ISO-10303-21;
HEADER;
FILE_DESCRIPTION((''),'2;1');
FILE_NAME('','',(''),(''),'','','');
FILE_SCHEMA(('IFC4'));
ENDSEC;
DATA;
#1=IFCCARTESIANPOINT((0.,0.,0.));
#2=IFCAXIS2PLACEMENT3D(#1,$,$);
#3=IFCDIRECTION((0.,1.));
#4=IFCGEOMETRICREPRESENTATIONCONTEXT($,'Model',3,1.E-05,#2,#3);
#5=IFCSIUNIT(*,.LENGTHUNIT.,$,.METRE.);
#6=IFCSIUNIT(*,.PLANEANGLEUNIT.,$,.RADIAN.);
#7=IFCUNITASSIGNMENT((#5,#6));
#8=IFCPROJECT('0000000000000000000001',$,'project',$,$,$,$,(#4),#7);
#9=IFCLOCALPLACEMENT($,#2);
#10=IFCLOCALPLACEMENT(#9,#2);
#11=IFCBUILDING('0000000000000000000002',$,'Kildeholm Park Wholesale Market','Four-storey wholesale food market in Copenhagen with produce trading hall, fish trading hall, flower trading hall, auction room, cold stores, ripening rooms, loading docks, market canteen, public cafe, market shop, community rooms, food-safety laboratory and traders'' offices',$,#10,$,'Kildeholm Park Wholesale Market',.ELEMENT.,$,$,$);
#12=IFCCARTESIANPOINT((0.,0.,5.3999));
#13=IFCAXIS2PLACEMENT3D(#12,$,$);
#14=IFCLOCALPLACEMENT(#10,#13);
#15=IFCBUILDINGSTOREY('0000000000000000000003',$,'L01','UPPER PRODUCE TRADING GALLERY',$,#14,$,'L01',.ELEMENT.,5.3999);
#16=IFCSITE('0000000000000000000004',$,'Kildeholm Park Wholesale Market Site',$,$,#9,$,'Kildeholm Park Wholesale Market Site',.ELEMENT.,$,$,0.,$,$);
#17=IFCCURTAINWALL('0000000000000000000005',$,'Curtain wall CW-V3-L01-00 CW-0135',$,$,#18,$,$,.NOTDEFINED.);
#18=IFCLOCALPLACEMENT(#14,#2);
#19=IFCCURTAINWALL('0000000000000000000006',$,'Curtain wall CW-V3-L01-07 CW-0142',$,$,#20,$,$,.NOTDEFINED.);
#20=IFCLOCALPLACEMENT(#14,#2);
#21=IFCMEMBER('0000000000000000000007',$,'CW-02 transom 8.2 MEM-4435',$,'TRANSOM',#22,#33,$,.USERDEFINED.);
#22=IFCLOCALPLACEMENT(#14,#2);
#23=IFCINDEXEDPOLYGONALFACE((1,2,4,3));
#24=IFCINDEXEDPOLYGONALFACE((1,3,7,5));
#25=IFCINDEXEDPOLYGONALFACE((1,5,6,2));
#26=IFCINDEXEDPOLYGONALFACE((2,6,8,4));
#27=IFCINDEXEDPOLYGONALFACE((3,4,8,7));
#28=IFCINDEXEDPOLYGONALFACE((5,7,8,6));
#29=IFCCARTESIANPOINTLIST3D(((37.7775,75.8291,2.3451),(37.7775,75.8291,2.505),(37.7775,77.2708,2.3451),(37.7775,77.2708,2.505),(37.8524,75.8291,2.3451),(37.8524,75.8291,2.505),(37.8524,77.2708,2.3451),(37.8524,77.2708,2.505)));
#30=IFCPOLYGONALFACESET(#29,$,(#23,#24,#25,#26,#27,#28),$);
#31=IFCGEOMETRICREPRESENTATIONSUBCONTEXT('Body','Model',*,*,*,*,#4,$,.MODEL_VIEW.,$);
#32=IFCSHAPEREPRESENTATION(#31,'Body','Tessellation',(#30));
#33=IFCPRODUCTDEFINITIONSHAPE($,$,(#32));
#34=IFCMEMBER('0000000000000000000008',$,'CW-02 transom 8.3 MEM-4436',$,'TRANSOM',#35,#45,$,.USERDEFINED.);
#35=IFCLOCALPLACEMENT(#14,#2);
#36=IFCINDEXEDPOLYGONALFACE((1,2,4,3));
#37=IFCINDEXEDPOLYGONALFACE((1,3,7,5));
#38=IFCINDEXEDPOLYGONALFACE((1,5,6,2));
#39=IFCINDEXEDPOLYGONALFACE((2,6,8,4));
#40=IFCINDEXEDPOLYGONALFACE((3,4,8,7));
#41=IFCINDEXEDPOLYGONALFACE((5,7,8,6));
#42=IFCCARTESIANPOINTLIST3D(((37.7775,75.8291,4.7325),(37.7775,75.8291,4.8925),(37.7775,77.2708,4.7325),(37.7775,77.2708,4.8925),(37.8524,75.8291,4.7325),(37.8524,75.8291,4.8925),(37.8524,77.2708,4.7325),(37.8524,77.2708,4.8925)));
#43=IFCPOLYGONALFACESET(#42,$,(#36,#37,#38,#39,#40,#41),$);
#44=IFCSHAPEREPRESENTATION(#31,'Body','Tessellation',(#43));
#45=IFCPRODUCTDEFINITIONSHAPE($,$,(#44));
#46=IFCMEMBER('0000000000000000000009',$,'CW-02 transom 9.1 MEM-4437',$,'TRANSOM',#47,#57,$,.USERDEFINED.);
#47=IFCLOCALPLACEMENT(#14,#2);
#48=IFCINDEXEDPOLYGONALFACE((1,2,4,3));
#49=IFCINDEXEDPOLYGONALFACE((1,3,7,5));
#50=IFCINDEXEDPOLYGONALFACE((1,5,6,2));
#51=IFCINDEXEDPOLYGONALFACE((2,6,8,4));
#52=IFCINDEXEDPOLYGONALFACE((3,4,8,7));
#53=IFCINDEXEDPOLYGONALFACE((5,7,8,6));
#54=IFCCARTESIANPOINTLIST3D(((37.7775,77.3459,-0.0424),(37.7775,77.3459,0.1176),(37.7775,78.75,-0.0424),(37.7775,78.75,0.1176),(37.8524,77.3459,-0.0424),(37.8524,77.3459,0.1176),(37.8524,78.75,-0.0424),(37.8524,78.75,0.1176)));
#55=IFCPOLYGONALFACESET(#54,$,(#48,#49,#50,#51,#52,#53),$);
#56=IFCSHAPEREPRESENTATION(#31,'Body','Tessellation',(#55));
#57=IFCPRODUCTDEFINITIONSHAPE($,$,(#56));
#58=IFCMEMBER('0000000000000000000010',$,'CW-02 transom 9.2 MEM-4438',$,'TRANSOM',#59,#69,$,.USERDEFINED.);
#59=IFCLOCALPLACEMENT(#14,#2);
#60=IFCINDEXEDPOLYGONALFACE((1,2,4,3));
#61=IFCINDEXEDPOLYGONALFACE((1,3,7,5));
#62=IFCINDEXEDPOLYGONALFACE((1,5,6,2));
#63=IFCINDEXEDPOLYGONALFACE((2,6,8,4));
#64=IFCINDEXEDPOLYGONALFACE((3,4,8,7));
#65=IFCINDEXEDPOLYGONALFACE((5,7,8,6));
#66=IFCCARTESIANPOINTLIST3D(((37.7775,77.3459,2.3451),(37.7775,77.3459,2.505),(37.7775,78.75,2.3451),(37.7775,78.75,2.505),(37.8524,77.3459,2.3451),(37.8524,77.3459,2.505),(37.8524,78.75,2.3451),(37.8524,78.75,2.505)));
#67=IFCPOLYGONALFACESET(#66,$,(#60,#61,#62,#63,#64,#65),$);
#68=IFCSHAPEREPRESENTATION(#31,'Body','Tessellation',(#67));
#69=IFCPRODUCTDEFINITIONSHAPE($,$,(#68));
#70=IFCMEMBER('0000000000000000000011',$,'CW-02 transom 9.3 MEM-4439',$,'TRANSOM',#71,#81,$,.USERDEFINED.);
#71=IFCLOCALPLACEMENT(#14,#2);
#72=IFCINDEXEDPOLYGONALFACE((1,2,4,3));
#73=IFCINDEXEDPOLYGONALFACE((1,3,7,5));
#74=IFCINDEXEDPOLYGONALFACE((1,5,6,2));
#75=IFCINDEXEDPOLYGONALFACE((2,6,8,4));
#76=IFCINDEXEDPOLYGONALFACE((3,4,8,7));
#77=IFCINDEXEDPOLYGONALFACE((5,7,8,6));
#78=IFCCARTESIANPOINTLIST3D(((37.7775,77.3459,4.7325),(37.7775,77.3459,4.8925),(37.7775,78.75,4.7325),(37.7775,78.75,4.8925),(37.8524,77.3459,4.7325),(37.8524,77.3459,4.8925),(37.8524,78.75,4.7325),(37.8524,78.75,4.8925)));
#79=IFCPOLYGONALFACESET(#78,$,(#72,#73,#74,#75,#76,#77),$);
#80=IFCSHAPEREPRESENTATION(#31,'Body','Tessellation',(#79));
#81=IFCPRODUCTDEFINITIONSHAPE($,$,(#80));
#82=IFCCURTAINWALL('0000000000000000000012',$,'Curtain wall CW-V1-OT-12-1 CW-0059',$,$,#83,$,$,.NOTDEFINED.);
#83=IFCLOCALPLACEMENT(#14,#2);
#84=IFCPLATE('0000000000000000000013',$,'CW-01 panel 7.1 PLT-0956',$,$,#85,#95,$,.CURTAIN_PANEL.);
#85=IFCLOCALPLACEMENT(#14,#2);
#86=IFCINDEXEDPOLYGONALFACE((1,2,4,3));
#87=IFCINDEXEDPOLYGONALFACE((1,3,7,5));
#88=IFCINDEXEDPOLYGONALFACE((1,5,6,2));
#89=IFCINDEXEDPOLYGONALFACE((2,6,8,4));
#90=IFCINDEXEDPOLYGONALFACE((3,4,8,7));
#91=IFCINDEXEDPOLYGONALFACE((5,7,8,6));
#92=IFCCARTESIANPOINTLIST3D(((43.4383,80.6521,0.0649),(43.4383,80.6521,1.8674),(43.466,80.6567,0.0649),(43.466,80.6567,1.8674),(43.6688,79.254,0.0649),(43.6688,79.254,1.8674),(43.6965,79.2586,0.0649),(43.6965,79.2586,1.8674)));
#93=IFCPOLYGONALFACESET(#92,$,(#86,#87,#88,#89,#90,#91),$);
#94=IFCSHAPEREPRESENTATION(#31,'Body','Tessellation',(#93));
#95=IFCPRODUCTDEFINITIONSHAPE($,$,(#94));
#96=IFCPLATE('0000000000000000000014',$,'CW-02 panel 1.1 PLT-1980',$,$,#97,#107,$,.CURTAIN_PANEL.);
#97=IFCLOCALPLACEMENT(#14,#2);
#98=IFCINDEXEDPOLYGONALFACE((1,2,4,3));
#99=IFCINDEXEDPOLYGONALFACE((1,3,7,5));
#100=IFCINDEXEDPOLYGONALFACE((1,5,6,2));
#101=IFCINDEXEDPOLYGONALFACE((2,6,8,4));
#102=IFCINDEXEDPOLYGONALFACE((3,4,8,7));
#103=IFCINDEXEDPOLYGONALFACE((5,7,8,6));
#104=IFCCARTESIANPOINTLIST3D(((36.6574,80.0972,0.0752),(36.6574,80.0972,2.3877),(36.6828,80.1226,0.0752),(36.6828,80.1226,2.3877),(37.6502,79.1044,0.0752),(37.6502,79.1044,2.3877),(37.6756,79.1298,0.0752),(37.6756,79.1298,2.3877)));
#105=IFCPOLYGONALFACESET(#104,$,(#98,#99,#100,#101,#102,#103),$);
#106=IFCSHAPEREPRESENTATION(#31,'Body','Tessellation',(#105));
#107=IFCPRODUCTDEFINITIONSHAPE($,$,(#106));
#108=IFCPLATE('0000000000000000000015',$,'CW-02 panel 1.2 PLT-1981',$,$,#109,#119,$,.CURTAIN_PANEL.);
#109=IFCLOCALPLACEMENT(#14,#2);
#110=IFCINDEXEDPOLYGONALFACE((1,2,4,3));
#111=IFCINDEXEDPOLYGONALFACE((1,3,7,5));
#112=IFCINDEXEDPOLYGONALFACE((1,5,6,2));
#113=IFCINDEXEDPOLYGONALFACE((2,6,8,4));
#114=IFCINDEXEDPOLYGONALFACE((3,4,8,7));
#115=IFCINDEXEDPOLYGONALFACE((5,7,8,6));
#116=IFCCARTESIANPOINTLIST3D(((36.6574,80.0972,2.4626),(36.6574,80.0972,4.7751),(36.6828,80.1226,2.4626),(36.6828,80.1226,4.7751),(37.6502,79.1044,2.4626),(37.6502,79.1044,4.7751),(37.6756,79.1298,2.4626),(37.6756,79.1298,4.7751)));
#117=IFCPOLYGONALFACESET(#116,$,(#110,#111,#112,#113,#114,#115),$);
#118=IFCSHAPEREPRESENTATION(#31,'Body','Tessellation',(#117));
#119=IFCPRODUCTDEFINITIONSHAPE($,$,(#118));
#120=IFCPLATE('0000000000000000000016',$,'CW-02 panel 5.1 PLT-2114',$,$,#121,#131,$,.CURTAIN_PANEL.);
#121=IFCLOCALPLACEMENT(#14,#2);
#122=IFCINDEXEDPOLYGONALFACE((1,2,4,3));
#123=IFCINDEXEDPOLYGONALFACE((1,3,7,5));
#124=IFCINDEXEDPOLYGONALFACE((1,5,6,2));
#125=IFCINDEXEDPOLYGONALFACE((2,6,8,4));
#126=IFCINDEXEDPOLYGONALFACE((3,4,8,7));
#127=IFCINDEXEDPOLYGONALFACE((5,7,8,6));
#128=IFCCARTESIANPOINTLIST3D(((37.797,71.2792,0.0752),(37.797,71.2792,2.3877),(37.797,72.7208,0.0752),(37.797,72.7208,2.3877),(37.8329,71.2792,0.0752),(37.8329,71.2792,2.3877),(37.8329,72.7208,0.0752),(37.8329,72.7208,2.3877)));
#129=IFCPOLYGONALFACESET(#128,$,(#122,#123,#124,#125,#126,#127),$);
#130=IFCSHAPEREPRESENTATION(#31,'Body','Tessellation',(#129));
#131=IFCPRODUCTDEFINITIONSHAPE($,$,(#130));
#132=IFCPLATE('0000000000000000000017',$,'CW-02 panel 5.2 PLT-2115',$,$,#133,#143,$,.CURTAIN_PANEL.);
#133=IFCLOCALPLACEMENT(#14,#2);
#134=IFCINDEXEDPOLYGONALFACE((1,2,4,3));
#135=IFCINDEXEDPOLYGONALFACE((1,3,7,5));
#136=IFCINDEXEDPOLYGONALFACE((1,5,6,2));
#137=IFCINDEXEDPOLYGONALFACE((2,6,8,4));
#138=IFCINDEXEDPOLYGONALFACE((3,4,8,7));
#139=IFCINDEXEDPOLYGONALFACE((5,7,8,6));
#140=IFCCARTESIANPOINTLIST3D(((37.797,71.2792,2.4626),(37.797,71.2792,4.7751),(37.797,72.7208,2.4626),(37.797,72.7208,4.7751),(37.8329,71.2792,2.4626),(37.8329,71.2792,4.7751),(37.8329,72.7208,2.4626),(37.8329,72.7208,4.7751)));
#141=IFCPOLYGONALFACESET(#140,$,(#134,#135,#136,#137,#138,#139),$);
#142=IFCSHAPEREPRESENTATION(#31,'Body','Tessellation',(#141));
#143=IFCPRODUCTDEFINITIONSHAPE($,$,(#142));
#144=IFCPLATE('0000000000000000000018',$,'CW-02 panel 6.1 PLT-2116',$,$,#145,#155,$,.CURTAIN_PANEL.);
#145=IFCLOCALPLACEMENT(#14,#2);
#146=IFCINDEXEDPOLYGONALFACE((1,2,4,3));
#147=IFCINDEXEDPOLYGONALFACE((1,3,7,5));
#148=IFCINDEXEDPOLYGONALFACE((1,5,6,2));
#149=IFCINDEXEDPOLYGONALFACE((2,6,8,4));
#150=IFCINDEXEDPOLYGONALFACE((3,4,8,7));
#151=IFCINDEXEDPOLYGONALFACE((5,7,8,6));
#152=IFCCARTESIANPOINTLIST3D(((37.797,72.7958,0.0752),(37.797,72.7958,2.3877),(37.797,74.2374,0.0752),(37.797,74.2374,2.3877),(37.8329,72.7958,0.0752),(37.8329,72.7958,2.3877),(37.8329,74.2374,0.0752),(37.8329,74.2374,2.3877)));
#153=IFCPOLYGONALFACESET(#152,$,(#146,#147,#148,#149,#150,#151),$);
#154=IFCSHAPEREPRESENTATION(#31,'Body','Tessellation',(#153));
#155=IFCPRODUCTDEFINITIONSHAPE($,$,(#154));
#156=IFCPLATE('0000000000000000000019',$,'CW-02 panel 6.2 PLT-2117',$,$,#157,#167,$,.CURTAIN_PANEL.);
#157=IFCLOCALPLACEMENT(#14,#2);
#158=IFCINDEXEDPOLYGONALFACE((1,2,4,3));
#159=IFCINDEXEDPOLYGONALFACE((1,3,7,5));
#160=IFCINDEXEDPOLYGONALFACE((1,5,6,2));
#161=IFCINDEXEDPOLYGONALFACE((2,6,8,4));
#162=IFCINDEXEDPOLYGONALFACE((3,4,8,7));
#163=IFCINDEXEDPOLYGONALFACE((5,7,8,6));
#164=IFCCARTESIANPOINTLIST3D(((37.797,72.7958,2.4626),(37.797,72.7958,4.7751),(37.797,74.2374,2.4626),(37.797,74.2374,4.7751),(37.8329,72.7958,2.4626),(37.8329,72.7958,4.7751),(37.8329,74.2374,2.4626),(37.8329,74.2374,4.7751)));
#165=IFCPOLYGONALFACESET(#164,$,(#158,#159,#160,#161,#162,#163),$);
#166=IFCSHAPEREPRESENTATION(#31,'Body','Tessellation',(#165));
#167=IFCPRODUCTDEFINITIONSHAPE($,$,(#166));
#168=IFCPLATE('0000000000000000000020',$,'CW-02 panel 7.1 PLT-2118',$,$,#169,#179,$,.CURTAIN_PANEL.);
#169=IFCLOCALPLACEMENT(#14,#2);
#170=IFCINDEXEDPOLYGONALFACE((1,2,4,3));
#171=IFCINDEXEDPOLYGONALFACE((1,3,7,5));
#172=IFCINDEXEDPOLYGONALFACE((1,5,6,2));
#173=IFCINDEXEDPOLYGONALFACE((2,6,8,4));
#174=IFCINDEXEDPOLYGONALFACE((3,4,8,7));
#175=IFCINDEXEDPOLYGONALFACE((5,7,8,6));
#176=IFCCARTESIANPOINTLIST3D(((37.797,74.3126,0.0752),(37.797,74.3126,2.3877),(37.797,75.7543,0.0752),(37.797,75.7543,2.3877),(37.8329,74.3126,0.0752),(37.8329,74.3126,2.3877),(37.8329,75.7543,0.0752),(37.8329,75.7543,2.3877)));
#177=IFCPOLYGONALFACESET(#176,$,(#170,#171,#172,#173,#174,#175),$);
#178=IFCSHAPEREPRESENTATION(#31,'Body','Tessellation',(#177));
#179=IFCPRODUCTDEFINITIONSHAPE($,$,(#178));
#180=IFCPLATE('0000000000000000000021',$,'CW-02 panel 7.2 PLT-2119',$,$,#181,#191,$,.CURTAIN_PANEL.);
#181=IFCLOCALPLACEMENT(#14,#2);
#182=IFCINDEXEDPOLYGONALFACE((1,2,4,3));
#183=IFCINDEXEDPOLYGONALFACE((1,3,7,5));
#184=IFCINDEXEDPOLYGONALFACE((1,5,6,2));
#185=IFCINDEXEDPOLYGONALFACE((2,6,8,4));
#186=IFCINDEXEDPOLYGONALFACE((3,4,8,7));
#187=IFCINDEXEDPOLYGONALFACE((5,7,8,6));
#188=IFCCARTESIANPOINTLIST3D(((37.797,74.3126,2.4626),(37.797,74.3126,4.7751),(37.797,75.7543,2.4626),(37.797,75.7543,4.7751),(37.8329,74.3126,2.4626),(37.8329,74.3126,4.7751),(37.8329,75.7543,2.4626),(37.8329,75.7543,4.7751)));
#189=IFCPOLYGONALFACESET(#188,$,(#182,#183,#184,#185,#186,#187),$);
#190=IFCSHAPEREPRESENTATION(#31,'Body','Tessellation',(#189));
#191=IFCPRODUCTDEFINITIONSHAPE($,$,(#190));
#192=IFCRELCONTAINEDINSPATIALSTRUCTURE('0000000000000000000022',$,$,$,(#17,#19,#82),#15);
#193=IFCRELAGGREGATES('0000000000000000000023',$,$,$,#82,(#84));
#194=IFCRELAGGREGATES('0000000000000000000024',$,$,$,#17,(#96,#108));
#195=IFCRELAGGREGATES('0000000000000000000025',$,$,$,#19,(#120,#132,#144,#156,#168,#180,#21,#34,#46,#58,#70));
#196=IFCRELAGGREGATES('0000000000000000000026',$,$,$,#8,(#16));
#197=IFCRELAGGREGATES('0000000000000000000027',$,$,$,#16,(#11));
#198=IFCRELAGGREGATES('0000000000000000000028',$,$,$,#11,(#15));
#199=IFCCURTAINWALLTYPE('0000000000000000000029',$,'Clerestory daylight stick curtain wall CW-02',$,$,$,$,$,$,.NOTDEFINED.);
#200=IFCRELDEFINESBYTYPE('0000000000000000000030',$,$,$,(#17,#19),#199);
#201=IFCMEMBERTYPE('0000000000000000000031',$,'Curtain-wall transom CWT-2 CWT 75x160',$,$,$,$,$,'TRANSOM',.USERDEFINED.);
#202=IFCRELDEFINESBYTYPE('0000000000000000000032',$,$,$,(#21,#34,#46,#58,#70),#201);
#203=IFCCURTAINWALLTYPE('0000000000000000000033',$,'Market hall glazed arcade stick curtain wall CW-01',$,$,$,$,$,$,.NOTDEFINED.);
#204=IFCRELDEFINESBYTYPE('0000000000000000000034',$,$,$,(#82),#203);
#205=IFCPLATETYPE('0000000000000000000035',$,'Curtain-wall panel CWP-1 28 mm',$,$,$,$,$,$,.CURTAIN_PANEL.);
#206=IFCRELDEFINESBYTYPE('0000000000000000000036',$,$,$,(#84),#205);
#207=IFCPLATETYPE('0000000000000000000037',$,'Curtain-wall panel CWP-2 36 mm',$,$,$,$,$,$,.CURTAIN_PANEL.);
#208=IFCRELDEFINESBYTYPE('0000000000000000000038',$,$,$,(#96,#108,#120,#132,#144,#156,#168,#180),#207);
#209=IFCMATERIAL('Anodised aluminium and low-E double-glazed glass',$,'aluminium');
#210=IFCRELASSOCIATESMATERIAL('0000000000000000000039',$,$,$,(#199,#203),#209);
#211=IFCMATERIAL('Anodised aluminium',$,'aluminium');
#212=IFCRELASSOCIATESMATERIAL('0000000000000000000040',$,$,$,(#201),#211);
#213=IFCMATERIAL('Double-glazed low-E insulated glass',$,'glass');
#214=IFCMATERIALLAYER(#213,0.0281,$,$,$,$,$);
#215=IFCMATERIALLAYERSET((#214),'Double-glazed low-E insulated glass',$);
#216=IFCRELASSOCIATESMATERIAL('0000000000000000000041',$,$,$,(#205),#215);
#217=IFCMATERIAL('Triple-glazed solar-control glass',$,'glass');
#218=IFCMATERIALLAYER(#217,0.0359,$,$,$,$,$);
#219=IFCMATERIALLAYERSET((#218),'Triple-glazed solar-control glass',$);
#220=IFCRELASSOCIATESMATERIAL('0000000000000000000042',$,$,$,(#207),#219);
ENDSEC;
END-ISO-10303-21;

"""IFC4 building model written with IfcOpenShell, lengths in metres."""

from ifc_helpers import new_model, si_unit, direction, frame, origin, origin_2d, place, context, subcontext, project, spatial, rectangle, extrude, material, layer, layer_set, material_profile, profile_set, type_object, element, aggregate, save


model = new_model("IFC4")

# Units and contexts
model_context = context("Model", 3, precision=1e-05, world=origin(), true_north=direction((0.0, 1.0)))
body_context = subcontext(model_context, "Body", "Model", "MODEL_VIEW")
ifc_project = project(units=[si_unit("LENGTHUNIT", "METRE"), si_unit("PLANEANGLEUNIT", "RADIAN")], contexts=[model_context])

# Site, building, storey
site_placement = place(None, origin())
site = spatial("IfcSite", under=ifc_project, at=site_placement, Name="Kildeholm Park Wholesale Market Site", LongName="Kildeholm Park Wholesale Market Site", CompositionType="ELEMENT", RefElevation=0.0)
building_placement = place(site_placement, origin())
building = spatial("IfcBuilding", under=site, at=building_placement, Name="Kildeholm Park Wholesale Market", Description="Four-storey wholesale food market in Copenhagen with produce trading hall, fish trading hall, flower trading hall, auction room, cold stores, ripening rooms, loading docks, market canteen, public cafe, market shop, community rooms, food-safety laboratory and traders' offices", LongName="Kildeholm Park Wholesale Market", CompositionType="ELEMENT")
storey_placement = place(building_placement, frame((0.0, 0.0, 5.3999)))
storey = spatial("IfcBuildingStorey", under=building, at=storey_placement, Name="L01", Description="UPPER PRODUCE TRADING GALLERY", LongName="L01", CompositionType="ELEMENT", Elevation=5.3999)

# Curtain wall
ifc_material_1 = material(Name="Anodised aluminium and low-E double-glazed glass", Category="aluminium")
curtain_wall_type_1 = type_object("IfcCurtainWallType", Name="Clerestory daylight stick curtain wall CW-02", PredefinedType="NOTDEFINED", material=ifc_material_1)
curtain_wall_1_placement = place(storey_placement, origin())
curtain_wall_1 = element("IfcCurtainWall", 1, at=curtain_wall_1_placement, inside=storey, type_object=curtain_wall_type_1, Name="Curtain wall CW-V3-L01-00 CW-0135", PredefinedType="NOTDEFINED")
ifc_material_2 = material(Name="Anodised aluminium", Category="aluminium")

# Curtain wall
curtain_wall_2_placement = place(storey_placement, origin())
curtain_wall_2 = element("IfcCurtainWall", 2, at=curtain_wall_2_placement, inside=storey, type_object=curtain_wall_type_1, Name="Curtain wall CW-V3-L01-07 CW-0142", PredefinedType="NOTDEFINED")

# Members
ifc_material_profile_1 = material_profile(ifc_material_2, rectangle(XDim=0.075, YDim=0.1599, at=origin_2d()), Name="CWT 75x160")
ifc_profile_set_1 = profile_set([ifc_material_profile_1], Name="Anodised aluminium")
member_type_1 = type_object("IfcMemberType", Name="Curtain-wall transom CWT-2 CWT 75x160", ElementType="TRANSOM", PredefinedType="USERDEFINED", material=ifc_profile_set_1)
member_1_placement = place(storey_placement, frame((37.8149, 75.8291, 2.425), z_axis=(0.0, 1.0, 0.0), x_axis=(-1.0, 0.0, 0.0)))
member_1 = element("IfcMember", 3, at=member_1_placement, type_object=member_type_1, Name="CW-02 transom 8.2 MEM-4435", ObjectType="TRANSOM", PredefinedType="USERDEFINED", context=body_context, shape_type="SweptSolid", body=[
    extrude(rectangle(XDim=0.075, YDim=0.1599, at=origin_2d()), origin(), (0.0, 0.0, 1.0), 1.4417),
])
member_2_placement = place(storey_placement, frame((37.8149, 75.8291, 4.8125), z_axis=(0.0, 1.0, 0.0), x_axis=(-1.0, 0.0, 0.0)))
member_2 = element("IfcMember", 4, at=member_2_placement, type_object=member_type_1, Name="CW-02 transom 8.3 MEM-4436", ObjectType="TRANSOM", PredefinedType="USERDEFINED", context=body_context, shape_type="SweptSolid", body=[
    extrude(rectangle(XDim=0.075, YDim=0.1599, at=origin_2d()), origin(), (0.0, 0.0, 1.0), 1.4417),
])
member_3_placement = place(storey_placement, frame((37.8149, 77.3459, 0.0376), z_axis=(0.0, 1.0, 0.0), x_axis=(-1.0, 0.0, 0.0)))
member_3 = element("IfcMember", 5, at=member_3_placement, type_object=member_type_1, Name="CW-02 transom 9.1 MEM-4437", ObjectType="TRANSOM", PredefinedType="USERDEFINED", context=body_context, shape_type="SweptSolid", body=[
    extrude(rectangle(XDim=0.075, YDim=0.1599, at=origin_2d()), origin(), (0.0, 0.0, 1.0), 1.4041),
])
member_4_placement = place(storey_placement, frame((37.8149, 77.3459, 2.425), z_axis=(0.0, 1.0, 0.0), x_axis=(-1.0, 0.0, 0.0)))
member_4 = element("IfcMember", 6, at=member_4_placement, type_object=member_type_1, Name="CW-02 transom 9.2 MEM-4438", ObjectType="TRANSOM", PredefinedType="USERDEFINED", context=body_context, shape_type="SweptSolid", body=[
    extrude(rectangle(XDim=0.075, YDim=0.1599, at=origin_2d()), origin(), (0.0, 0.0, 1.0), 1.4041),
])
member_5_placement = place(storey_placement, frame((37.8149, 77.3459, 4.8125), z_axis=(0.0, 1.0, 0.0), x_axis=(-1.0, 0.0, 0.0)))
member_5 = element("IfcMember", 7, at=member_5_placement, type_object=member_type_1, Name="CW-02 transom 9.3 MEM-4439", ObjectType="TRANSOM", PredefinedType="USERDEFINED", context=body_context, shape_type="SweptSolid", body=[
    extrude(rectangle(XDim=0.075, YDim=0.1599, at=origin_2d()), origin(), (0.0, 0.0, 1.0), 1.4041),
])

# Curtain wall, plate
curtain_wall_type_2 = type_object("IfcCurtainWallType", Name="Market hall glazed arcade stick curtain wall CW-01", PredefinedType="NOTDEFINED", material=ifc_material_1)
curtain_wall_3_placement = place(storey_placement, origin())
curtain_wall_3 = element("IfcCurtainWall", 8, at=curtain_wall_3_placement, inside=storey, type_object=curtain_wall_type_2, Name="Curtain wall CW-V1-OT-12-1 CW-0059", PredefinedType="NOTDEFINED")
ifc_material_3 = material(Name="Double-glazed low-E insulated glass", Category="glass")
ifc_layer_1 = layer(ifc_material_3, 0.0281)
ifc_layer_set_1 = layer_set([ifc_layer_1], Name="Double-glazed low-E insulated glass")
plate_type_1 = type_object("IfcPlateType", Name="Curtain-wall panel CWP-1 28 mm", PredefinedType="CURTAIN_PANEL", material=ifc_layer_set_1)
plate_1_placement = place(storey_placement, frame((43.5674, 79.9553, 0.0649), z_axis=(0.0, 0.0, 1.0), x_axis=(0.162703, -0.986675, 0.0)))
plate_1 = element("IfcPlate", 9, at=plate_1_placement, type_object=plate_type_1, Name="CW-01 panel 7.1 PLT-0956", PredefinedType="CURTAIN_PANEL", context=body_context, shape_type="SweptSolid", body=[
    extrude(rectangle(XDim=1.417, YDim=0.0281, at=origin_2d()), origin(), (0.0, 0.0, 1.0), 1.8025),
])
aggregate(curtain_wall_3, [plate_1])

# Plates
ifc_material_4 = material(Name="Triple-glazed solar-control glass", Category="glass")
ifc_layer_2 = layer(ifc_material_4, 0.0359)
ifc_layer_set_2 = layer_set([ifc_layer_2], Name="Triple-glazed solar-control glass")
plate_type_2 = type_object("IfcPlateType", Name="Curtain-wall panel CWP-2 36 mm", PredefinedType="CURTAIN_PANEL", material=ifc_layer_set_2)
plate_2_placement = place(storey_placement, frame((37.1665, 79.6135, 0.0752), z_axis=(0.0, 0.0, 1.0), x_axis=(-0.707107, 0.707107, 0.0)))
plate_2 = element("IfcPlate", 10, at=plate_2_placement, type_object=plate_type_2, Name="CW-02 panel 1.1 PLT-1980", PredefinedType="CURTAIN_PANEL", context=body_context, shape_type="SweptSolid", body=[
    extrude(rectangle(XDim=1.4041, YDim=0.0359, at=origin_2d()), origin(), (0.0, 0.0, 1.0), 2.3125),
])
plate_3_placement = place(storey_placement, frame((37.1665, 79.6135, 2.4626), z_axis=(0.0, 0.0, 1.0), x_axis=(-0.707107, 0.707107, 0.0)))
plate_3 = element("IfcPlate", 11, at=plate_3_placement, type_object=plate_type_2, Name="CW-02 panel 1.2 PLT-1981", PredefinedType="CURTAIN_PANEL", context=body_context, shape_type="SweptSolid", body=[
    extrude(rectangle(XDim=1.4041, YDim=0.0359, at=origin_2d()), origin(), (0.0, 0.0, 1.0), 2.3125),
])
aggregate(curtain_wall_1, [plate_2, plate_3])
plate_4_placement = place(storey_placement, frame((37.8149, 72.0, 0.0752), z_axis=(0.0, 0.0, 1.0), x_axis=(0.0, 1.0, 0.0)))
plate_4 = element("IfcPlate", 12, at=plate_4_placement, type_object=plate_type_2, Name="CW-02 panel 5.1 PLT-2114", PredefinedType="CURTAIN_PANEL", context=body_context, shape_type="SweptSolid", body=[
    extrude(rectangle(XDim=1.4417, YDim=0.0359, at=origin_2d()), origin(), (0.0, 0.0, 1.0), 2.3125),
])
plate_5_placement = place(storey_placement, frame((37.8149, 72.0, 2.4626), z_axis=(0.0, 0.0, 1.0), x_axis=(0.0, 1.0, 0.0)))
plate_5 = element("IfcPlate", 13, at=plate_5_placement, type_object=plate_type_2, Name="CW-02 panel 5.2 PLT-2115", PredefinedType="CURTAIN_PANEL", context=body_context, shape_type="SweptSolid", body=[
    extrude(rectangle(XDim=1.4417, YDim=0.0359, at=origin_2d()), origin(), (0.0, 0.0, 1.0), 2.3125),
])
plate_6_placement = place(storey_placement, frame((37.8149, 73.5166, 0.0752), z_axis=(0.0, 0.0, 1.0), x_axis=(0.0, 1.0, 0.0)))
plate_6 = element("IfcPlate", 14, at=plate_6_placement, type_object=plate_type_2, Name="CW-02 panel 6.1 PLT-2116", PredefinedType="CURTAIN_PANEL", context=body_context, shape_type="SweptSolid", body=[
    extrude(rectangle(XDim=1.4417, YDim=0.0359, at=origin_2d()), origin(), (0.0, 0.0, 1.0), 2.3125),
])
plate_7_placement = place(storey_placement, frame((37.8149, 73.5166, 2.4626), z_axis=(0.0, 0.0, 1.0), x_axis=(0.0, 1.0, 0.0)))
plate_7 = element("IfcPlate", 15, at=plate_7_placement, type_object=plate_type_2, Name="CW-02 panel 6.2 PLT-2117", PredefinedType="CURTAIN_PANEL", context=body_context, shape_type="SweptSolid", body=[
    extrude(rectangle(XDim=1.4417, YDim=0.0359, at=origin_2d()), origin(), (0.0, 0.0, 1.0), 2.3125),
])
plate_8_placement = place(storey_placement, frame((37.8149, 75.0334, 0.0752), z_axis=(0.0, 0.0, 1.0), x_axis=(0.0, 1.0, 0.0)))
plate_8 = element("IfcPlate", 16, at=plate_8_placement, type_object=plate_type_2, Name="CW-02 panel 7.1 PLT-2118", PredefinedType="CURTAIN_PANEL", context=body_context, shape_type="SweptSolid", body=[
    extrude(rectangle(XDim=1.4417, YDim=0.0359, at=origin_2d()), origin(), (0.0, 0.0, 1.0), 2.3125),
])
plate_9_placement = place(storey_placement, frame((37.8149, 75.0334, 2.4626), z_axis=(0.0, 0.0, 1.0), x_axis=(0.0, 1.0, 0.0)))
plate_9 = element("IfcPlate", 17, at=plate_9_placement, type_object=plate_type_2, Name="CW-02 panel 7.2 PLT-2119", PredefinedType="CURTAIN_PANEL", context=body_context, shape_type="SweptSolid", body=[
    extrude(rectangle(XDim=1.4417, YDim=0.0359, at=origin_2d()), origin(), (0.0, 0.0, 1.0), 2.3125),
])
aggregate(curtain_wall_2, [plate_4, plate_5, plate_6, plate_7, plate_8, plate_9, member_1, member_2, member_3, member_4, member_5])

save(model, "model.ifc")
